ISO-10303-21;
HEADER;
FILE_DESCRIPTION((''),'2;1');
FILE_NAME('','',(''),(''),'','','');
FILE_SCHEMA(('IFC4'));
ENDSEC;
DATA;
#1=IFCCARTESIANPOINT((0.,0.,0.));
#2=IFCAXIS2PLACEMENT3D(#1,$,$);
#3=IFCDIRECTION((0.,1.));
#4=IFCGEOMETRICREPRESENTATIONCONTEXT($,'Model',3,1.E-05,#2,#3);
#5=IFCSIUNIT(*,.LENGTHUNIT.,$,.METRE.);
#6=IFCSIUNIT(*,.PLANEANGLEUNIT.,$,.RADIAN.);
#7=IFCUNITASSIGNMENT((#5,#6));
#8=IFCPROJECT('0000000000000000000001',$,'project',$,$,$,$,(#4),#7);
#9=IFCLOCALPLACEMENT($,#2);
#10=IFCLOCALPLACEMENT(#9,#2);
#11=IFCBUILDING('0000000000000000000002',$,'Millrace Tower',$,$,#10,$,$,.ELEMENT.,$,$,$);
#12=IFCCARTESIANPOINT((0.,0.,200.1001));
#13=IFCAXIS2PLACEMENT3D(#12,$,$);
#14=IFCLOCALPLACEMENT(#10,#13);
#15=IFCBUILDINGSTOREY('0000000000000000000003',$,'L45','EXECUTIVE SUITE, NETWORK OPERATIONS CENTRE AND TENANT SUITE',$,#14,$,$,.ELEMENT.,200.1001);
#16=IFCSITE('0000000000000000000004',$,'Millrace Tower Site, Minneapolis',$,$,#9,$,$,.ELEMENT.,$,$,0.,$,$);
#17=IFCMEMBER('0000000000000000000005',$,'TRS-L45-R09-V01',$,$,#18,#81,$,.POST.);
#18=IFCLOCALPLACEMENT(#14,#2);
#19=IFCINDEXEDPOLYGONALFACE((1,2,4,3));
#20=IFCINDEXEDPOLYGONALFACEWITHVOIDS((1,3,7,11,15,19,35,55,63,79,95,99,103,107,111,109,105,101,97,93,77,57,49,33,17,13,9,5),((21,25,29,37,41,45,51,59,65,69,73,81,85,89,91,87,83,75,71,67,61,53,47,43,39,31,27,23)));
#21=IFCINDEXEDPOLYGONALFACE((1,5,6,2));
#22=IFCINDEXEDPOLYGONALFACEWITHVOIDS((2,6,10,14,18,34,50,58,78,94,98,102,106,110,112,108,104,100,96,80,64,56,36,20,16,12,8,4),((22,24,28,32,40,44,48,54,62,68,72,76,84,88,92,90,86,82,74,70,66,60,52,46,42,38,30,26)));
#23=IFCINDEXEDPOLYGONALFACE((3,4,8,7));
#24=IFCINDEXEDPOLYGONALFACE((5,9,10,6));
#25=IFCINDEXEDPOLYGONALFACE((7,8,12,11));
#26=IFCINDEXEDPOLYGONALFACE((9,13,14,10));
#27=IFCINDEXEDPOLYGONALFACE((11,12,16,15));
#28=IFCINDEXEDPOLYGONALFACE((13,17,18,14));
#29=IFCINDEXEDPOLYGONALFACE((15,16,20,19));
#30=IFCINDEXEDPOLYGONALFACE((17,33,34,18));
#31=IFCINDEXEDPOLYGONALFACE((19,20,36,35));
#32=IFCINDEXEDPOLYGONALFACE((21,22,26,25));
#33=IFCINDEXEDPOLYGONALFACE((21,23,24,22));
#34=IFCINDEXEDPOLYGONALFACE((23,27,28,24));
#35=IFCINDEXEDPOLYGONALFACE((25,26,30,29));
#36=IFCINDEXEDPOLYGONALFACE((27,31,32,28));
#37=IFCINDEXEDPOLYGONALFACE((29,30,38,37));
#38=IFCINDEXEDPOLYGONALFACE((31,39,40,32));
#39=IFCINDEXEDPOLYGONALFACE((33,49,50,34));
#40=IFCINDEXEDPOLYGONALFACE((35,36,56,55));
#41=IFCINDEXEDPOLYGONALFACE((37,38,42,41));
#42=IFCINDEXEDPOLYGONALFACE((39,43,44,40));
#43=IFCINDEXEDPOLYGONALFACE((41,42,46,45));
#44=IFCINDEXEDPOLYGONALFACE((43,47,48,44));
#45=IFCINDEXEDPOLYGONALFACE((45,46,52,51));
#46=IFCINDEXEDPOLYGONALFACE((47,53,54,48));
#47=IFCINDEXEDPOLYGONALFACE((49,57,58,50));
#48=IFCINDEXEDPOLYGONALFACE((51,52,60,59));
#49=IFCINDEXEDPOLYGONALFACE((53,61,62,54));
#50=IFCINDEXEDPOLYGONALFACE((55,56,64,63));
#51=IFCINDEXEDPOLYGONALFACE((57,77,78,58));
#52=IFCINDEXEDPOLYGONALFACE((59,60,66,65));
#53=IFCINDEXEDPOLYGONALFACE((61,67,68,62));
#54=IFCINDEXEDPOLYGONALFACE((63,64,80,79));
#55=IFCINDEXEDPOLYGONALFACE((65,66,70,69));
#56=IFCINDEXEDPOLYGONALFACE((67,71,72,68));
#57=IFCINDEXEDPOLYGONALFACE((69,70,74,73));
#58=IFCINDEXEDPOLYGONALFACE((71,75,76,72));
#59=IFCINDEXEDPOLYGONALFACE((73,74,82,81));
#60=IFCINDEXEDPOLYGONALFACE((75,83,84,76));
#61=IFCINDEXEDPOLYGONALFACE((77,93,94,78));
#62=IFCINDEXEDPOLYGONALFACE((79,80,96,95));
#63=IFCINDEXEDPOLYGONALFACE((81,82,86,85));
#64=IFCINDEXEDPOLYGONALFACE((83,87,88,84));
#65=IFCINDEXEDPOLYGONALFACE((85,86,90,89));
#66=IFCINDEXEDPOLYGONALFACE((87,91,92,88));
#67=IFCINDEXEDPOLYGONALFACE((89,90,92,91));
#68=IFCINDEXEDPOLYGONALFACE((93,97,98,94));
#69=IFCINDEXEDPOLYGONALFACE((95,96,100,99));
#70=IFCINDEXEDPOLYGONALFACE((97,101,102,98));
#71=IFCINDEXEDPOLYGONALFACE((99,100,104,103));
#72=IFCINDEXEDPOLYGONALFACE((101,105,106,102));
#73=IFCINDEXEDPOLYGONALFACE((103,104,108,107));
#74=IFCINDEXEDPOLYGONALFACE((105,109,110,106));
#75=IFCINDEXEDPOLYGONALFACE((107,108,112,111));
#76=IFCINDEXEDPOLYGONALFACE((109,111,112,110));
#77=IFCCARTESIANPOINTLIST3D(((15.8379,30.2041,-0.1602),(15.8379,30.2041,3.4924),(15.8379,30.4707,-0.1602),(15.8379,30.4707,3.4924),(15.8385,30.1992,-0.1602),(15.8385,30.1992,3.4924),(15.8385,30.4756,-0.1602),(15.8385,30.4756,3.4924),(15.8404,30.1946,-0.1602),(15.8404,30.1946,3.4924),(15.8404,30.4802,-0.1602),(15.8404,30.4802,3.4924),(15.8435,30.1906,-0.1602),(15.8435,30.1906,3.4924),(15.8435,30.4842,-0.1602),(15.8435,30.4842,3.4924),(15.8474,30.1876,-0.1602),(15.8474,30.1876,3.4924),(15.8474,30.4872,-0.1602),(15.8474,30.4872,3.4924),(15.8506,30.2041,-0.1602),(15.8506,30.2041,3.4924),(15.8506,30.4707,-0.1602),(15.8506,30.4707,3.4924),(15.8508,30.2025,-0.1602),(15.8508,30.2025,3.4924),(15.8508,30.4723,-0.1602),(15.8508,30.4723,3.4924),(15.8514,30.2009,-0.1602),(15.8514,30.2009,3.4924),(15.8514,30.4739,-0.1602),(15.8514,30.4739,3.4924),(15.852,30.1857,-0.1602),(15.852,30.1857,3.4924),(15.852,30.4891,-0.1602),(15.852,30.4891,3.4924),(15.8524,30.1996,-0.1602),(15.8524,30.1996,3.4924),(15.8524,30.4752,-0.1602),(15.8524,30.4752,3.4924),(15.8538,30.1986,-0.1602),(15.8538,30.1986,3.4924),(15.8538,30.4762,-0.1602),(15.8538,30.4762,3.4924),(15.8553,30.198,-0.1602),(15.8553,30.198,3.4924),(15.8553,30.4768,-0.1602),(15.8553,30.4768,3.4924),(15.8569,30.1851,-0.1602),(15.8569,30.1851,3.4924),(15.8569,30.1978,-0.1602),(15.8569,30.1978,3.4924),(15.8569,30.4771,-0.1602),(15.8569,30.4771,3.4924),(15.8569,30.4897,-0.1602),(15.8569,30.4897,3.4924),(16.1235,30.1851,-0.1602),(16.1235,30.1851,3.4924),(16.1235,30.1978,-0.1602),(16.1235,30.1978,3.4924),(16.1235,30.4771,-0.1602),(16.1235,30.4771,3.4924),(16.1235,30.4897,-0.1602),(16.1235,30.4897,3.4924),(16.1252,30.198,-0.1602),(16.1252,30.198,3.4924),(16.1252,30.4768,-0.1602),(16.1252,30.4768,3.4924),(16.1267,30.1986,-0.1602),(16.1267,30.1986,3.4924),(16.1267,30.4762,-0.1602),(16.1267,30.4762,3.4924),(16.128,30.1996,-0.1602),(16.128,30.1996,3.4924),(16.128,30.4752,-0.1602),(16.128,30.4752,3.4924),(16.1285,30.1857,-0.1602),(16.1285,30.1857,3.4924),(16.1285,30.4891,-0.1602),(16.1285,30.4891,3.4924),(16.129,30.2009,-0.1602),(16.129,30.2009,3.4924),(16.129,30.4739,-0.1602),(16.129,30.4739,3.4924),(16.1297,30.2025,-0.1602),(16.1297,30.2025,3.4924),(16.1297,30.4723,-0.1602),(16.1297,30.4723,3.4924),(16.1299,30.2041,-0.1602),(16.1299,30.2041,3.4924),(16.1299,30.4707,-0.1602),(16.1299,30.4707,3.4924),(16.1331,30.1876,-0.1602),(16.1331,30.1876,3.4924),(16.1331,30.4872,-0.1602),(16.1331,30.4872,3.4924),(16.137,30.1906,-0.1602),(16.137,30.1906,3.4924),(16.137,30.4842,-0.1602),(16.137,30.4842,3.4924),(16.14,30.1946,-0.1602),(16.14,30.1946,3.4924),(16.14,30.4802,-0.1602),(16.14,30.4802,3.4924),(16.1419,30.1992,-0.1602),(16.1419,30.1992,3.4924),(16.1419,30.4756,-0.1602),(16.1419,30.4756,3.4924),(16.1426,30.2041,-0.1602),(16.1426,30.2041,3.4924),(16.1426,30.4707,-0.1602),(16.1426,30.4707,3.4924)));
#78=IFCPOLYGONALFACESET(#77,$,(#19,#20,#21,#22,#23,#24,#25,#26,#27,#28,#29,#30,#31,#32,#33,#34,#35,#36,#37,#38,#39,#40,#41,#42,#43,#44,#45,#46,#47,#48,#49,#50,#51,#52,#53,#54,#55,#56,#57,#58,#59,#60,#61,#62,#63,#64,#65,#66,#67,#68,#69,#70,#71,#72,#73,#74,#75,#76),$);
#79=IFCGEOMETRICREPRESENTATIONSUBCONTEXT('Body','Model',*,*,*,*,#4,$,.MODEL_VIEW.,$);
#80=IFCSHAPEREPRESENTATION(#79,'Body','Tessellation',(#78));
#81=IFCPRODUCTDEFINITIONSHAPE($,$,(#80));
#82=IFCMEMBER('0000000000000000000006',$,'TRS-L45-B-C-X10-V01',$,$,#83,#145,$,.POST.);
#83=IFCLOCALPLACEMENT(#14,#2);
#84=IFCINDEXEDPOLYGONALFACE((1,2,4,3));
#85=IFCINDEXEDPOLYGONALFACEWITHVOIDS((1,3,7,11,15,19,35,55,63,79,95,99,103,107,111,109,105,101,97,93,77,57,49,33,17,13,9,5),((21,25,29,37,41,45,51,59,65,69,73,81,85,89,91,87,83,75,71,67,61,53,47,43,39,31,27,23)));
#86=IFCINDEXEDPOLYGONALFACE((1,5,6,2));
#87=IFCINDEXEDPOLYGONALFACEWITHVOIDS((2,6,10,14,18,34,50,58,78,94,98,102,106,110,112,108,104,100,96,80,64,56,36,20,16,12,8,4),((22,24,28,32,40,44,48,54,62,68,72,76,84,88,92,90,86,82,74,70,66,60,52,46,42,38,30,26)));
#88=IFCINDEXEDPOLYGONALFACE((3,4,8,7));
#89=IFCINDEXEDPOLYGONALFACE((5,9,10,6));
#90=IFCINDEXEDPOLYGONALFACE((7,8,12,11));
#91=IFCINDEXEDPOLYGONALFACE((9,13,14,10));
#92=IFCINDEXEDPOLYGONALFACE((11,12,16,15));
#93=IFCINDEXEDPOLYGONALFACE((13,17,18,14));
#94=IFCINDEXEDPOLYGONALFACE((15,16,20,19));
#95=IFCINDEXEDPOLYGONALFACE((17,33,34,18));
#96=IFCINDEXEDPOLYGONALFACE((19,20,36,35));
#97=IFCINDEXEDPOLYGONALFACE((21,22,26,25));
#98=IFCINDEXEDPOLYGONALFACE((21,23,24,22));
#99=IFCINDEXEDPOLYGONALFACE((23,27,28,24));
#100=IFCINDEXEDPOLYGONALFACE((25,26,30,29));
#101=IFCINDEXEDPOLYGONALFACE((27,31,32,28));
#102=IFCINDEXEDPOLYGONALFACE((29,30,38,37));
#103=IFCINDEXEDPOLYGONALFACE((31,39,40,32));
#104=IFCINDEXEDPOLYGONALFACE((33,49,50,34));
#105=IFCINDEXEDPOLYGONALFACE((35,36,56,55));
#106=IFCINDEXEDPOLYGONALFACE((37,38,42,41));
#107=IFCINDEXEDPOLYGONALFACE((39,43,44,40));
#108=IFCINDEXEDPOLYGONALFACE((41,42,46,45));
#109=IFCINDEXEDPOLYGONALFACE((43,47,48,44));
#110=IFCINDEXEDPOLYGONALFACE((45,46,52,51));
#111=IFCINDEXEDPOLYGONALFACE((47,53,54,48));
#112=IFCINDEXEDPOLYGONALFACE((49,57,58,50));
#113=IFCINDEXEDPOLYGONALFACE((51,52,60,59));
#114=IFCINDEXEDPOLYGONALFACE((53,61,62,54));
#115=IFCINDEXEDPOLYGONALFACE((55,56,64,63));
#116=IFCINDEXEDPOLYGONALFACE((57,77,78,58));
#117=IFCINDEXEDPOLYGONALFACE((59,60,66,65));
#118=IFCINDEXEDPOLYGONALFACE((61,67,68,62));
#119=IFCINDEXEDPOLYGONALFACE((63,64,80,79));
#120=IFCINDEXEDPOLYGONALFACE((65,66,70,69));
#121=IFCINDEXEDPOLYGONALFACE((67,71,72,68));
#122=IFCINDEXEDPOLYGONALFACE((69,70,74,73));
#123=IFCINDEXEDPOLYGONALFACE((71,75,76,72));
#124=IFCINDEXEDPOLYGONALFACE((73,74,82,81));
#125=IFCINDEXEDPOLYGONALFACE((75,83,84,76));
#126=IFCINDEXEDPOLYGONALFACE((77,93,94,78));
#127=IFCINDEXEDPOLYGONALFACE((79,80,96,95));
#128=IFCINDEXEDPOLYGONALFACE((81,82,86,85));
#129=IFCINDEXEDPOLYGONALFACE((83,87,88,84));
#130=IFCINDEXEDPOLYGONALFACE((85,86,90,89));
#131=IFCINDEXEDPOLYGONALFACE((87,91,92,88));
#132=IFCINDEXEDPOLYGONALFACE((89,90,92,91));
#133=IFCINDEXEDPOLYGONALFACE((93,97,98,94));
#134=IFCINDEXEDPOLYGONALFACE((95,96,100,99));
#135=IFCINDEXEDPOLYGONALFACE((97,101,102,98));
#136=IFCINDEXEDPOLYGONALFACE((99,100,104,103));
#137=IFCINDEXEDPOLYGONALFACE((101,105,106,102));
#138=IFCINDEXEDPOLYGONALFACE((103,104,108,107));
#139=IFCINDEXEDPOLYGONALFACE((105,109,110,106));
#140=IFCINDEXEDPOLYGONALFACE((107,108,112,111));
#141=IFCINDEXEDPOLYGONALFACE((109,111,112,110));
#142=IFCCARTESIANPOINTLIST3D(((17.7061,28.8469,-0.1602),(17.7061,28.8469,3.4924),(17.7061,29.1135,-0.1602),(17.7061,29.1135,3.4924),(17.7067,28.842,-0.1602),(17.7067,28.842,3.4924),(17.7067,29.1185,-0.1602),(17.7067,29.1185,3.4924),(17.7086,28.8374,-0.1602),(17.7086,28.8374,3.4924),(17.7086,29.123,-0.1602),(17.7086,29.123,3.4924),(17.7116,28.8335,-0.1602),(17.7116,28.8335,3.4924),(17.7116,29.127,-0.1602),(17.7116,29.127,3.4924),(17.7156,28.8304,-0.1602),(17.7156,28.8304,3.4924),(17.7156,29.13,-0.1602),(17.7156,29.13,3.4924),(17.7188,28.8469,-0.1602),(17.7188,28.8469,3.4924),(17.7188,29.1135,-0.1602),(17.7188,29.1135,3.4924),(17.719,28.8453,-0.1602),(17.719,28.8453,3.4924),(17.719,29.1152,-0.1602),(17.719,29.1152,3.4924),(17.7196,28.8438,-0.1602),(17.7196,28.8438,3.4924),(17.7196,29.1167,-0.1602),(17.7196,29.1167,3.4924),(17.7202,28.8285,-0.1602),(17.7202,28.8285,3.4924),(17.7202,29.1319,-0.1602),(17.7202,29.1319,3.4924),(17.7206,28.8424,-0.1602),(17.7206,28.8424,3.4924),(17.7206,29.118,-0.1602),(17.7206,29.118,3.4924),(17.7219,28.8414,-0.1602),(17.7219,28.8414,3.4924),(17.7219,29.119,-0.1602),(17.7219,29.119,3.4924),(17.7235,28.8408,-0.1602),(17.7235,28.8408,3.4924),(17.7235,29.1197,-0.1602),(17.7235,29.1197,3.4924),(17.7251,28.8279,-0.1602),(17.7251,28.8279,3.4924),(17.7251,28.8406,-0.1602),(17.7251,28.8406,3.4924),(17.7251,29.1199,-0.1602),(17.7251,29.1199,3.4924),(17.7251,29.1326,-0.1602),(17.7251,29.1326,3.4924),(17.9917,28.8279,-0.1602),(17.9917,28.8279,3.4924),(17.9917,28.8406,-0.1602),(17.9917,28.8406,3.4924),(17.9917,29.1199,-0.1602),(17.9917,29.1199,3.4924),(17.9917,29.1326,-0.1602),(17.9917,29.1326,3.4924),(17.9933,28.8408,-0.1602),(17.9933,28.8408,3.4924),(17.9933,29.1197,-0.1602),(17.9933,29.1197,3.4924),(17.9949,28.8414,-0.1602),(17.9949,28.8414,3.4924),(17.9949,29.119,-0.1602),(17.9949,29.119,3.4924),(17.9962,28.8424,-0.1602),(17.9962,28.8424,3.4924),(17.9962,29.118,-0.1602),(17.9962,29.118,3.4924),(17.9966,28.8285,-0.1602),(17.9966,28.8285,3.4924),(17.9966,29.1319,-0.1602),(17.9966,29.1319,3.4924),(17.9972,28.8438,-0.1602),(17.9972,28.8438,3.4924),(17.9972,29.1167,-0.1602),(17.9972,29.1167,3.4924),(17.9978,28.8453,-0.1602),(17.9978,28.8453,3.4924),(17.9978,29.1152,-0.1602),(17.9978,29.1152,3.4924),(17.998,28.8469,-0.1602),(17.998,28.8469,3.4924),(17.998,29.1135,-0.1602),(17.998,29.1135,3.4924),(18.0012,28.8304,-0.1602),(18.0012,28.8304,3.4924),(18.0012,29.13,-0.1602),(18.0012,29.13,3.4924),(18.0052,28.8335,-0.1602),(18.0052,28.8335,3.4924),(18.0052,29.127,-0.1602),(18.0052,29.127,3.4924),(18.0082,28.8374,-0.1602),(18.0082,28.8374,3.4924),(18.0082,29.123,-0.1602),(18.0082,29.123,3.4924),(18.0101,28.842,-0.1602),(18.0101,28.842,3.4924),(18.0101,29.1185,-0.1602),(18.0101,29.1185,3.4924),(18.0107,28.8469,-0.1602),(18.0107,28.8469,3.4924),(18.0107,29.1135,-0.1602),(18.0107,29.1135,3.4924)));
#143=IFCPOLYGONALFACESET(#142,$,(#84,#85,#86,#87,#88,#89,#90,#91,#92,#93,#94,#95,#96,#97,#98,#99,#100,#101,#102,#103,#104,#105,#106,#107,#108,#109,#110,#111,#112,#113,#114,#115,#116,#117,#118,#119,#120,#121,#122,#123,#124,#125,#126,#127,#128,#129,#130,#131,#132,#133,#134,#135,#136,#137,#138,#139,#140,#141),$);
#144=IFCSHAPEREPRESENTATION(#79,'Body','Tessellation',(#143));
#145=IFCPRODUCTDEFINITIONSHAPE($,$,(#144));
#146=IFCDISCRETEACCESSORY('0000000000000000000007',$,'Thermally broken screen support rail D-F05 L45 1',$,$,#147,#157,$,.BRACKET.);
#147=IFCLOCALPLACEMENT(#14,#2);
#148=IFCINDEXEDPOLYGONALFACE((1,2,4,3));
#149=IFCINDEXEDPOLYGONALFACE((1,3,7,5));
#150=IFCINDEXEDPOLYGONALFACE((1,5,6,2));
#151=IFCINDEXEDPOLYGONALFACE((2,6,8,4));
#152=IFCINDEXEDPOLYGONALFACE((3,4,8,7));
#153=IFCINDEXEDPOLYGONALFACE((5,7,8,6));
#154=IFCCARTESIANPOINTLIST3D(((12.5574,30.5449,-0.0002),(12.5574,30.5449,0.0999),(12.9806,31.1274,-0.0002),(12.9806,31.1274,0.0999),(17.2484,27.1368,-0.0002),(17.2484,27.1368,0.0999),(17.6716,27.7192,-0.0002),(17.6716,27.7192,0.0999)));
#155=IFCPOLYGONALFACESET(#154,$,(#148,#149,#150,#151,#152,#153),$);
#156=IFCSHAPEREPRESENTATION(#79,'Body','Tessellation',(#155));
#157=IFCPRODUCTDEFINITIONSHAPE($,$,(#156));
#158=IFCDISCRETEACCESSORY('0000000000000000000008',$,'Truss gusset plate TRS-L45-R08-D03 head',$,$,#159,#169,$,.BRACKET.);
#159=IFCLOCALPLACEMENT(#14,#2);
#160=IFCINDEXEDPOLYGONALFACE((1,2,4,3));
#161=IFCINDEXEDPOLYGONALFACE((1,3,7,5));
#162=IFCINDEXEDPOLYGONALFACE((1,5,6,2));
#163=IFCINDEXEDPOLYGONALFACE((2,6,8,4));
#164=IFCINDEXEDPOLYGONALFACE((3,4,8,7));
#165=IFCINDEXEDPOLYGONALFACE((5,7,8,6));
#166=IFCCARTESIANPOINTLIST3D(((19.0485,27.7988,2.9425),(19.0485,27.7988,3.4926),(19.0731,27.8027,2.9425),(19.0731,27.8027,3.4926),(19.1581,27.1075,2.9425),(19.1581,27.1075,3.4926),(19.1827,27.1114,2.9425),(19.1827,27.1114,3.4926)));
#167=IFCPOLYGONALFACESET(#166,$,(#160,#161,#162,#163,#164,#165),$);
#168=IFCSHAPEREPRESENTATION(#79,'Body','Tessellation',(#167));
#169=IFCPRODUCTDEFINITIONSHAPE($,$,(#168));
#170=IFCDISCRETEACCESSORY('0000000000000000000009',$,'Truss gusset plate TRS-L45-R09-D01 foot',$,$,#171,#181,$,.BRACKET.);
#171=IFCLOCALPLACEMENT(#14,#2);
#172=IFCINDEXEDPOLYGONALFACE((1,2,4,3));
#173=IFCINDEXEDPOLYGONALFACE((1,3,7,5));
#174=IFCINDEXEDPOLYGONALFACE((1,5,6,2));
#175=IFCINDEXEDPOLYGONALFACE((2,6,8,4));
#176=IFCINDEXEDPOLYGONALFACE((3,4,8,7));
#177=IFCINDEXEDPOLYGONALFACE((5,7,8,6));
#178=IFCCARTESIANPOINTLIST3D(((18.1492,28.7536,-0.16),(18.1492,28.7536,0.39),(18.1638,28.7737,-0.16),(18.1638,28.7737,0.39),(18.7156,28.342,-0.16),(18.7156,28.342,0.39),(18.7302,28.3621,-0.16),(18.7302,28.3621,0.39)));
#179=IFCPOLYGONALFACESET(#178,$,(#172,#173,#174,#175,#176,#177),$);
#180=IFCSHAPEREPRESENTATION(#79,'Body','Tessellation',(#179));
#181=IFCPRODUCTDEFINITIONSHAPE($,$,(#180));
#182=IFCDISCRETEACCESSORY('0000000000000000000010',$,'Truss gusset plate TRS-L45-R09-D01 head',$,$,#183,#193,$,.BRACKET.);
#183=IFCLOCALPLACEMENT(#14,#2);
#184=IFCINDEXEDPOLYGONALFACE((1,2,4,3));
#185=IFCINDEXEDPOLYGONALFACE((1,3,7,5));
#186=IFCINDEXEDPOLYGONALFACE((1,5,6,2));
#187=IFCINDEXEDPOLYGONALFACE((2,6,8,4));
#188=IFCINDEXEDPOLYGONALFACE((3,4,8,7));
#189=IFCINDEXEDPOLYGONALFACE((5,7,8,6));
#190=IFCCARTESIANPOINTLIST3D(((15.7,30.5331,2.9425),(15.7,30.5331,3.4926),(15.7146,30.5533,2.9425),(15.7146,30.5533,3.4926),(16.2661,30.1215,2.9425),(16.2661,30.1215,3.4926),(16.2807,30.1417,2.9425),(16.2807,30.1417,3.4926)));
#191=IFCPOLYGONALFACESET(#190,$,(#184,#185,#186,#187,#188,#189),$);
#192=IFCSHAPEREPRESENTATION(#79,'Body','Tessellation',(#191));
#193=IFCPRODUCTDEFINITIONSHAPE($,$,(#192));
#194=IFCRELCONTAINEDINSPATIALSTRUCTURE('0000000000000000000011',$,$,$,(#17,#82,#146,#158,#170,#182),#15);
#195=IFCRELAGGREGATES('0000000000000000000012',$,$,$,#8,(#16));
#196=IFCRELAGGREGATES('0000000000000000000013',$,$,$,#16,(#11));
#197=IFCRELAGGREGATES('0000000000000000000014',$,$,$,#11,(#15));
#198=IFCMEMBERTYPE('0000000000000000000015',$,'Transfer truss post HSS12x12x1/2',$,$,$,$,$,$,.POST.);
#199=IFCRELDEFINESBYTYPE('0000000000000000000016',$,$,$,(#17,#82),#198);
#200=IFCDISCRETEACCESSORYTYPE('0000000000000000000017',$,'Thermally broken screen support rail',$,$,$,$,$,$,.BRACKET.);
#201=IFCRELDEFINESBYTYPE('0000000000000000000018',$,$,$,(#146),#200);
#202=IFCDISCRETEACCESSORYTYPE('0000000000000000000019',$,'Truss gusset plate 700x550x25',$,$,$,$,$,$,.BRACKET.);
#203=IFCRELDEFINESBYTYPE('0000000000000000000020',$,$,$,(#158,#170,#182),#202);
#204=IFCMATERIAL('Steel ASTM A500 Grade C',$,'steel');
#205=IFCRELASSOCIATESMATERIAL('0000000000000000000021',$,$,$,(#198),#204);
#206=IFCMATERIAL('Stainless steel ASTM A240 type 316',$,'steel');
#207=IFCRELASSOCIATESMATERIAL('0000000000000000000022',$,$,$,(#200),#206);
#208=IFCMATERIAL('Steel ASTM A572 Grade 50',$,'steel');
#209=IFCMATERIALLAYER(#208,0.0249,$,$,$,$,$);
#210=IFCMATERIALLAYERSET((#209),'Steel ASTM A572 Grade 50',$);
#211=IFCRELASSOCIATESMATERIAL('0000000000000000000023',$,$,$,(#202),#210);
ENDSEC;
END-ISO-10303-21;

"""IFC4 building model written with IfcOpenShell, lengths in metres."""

from ifc_helpers import new_model, si_unit, direction, frame, origin, origin_2d, place, context, subcontext, project, spatial, rectangle, hollow_rectangle, extrude, material, layer, layer_set, material_profile, profile_set, type_object, element, save


model = new_model("IFC4")

# Units and contexts
model_context = context("Model", 3, precision=1e-05, world=origin(), true_north=direction((0.0, 1.0)))
body_context = subcontext(model_context, "Body", "Model", "MODEL_VIEW")
ifc_project = project(units=[si_unit("LENGTHUNIT", "METRE"), si_unit("PLANEANGLEUNIT", "RADIAN")], contexts=[model_context])

# Site, building, storey
site_placement = place(None, origin())
site = spatial("IfcSite", under=ifc_project, at=site_placement, Name="Millrace Tower Site, Minneapolis", CompositionType="ELEMENT", RefElevation=0.0)
building_placement = place(site_placement, origin())
building = spatial("IfcBuilding", under=site, at=building_placement, Name="Millrace Tower", CompositionType="ELEMENT")
storey_placement = place(building_placement, frame((0.0, 0.0, 200.1001)))
storey = spatial("IfcBuildingStorey", under=building, at=storey_placement, Name="L45", Description="EXECUTIVE SUITE, NETWORK OPERATIONS CENTRE AND TENANT SUITE", CompositionType="ELEMENT", Elevation=200.1001)

# Members
ifc_material_1 = material(Name="Steel ASTM A500 Grade C", Category="steel")
ifc_material_profile_1 = material_profile(ifc_material_1, hollow_rectangle(XDim=0.3047, YDim=0.3047, WallThickness=0.0127, InnerFilletRadius=0.0063, OuterFilletRadius=0.019, at=origin_2d()))
ifc_profile_set_1 = profile_set([ifc_material_profile_1], Name="Steel ASTM A500 Grade C")
member_type_1 = type_object("IfcMemberType", Name="Transfer truss post HSS12x12x1/2", PredefinedType="POST", material=ifc_profile_set_1)
for number, where, z_axis, x_axis, name in (
    (1, (15.9902, 30.3374, -0.1602), (0.0, 0.0, 1.0), (1.0, 0.0, 0.0), "TRS-L45-R09-V01"),
    (2, (17.8584, 28.9802, -0.1602), (0.0, 0.0, 1.0), (1.0, 0.0, 0.0), "TRS-L45-B-C-X10-V01"),
):
    element("IfcMember", number, at=place(storey_placement, frame(where, z_axis=z_axis, x_axis=x_axis)), inside=storey, type_object=member_type_1, Name=name, PredefinedType="POST", context=body_context, shape_type="SweptSolid", body=[
        extrude(hollow_rectangle(XDim=0.3047, YDim=0.3047, WallThickness=0.0127, InnerFilletRadius=0.0063, OuterFilletRadius=0.019, at=origin_2d()), origin(), (0.0, 0.0, 1.0), 3.6526),
    ])

# Discrete accessories
ifc_material_2 = material(Name="Stainless steel ASTM A240 type 316", Category="steel")
discrete_accessory_type_1 = type_object("IfcDiscreteAccessoryType", Name="Thermally broken screen support rail", PredefinedType="BRACKET", material=ifc_material_2)
discrete_accessory_1_placement = place(storey_placement, frame((15.1145, 29.1321, -0.0002), z_axis=(0.0, 0.0, 1.0), x_axis=(-0.809017, 0.587785, 0.0)))
element("IfcDiscreteAccessory", 3, at=discrete_accessory_1_placement, inside=storey, type_object=discrete_accessory_type_1, Name="Thermally broken screen support rail D-F05 L45 1", PredefinedType="BRACKET", context=body_context, shape_type="SweptSolid", body=[
    extrude(rectangle(XDim=5.7983, YDim=0.72, at=origin_2d()), origin(), (0.0, 0.0, 1.0), 0.1001),
])
ifc_material_3 = material(Name="Steel ASTM A572 Grade 50", Category="steel")
ifc_layer_1 = layer(ifc_material_3, 0.0249)
ifc_layer_set_1 = layer_set([ifc_layer_1], Name="Steel ASTM A572 Grade 50")
discrete_accessory_type_2 = type_object("IfcDiscreteAccessoryType", Name="Truss gusset plate 700x550x25", PredefinedType="BRACKET", material=ifc_layer_set_1)
discrete_accessory_2_placement = place(storey_placement, frame((19.0608, 27.8008, 3.2175), z_axis=(0.156589, -0.987664, 0.0), x_axis=(0.987664, 0.156589, 0.0)))
element("IfcDiscreteAccessory", 4, at=discrete_accessory_2_placement, inside=storey, type_object=discrete_accessory_type_2, Name="Truss gusset plate TRS-L45-R08-D03 head", PredefinedType="BRACKET", context=body_context, shape_type="SweptSolid", body=[
    extrude(rectangle(XDim=0.0249, YDim=0.55, at=origin_2d()), origin(), (0.0, 0.0, 1.0), 0.7),
])
discrete_accessory_3_placement = place(storey_placement, frame((18.1565, 28.7637, 0.115), z_axis=(0.808947, -0.587881, 0.0), x_axis=(0.587881, 0.808947, 0.0)))
element("IfcDiscreteAccessory", 5, at=discrete_accessory_3_placement, inside=storey, type_object=discrete_accessory_type_2, Name="Truss gusset plate TRS-L45-R09-D01 foot", PredefinedType="BRACKET", context=body_context, shape_type="SweptSolid", body=[
    extrude(rectangle(XDim=0.0249, YDim=0.55, at=origin_2d()), origin(), (0.0, 0.0, 1.0), 0.7002),
])
discrete_accessory_4_placement = place(storey_placement, frame((15.7073, 30.5432, 3.2175), z_axis=(0.808827, -0.588047, 0.0), x_axis=(0.588047, 0.808827, 0.0)))
element("IfcDiscreteAccessory", 6, at=discrete_accessory_4_placement, inside=storey, type_object=discrete_accessory_type_2, Name="Truss gusset plate TRS-L45-R09-D01 head", PredefinedType="BRACKET", context=body_context, shape_type="SweptSolid", body=[
    extrude(rectangle(XDim=0.0249, YDim=0.55, at=origin_2d()), origin(), (0.0, 0.0, 1.0), 0.7),
])

save(model, "model.ifc")
